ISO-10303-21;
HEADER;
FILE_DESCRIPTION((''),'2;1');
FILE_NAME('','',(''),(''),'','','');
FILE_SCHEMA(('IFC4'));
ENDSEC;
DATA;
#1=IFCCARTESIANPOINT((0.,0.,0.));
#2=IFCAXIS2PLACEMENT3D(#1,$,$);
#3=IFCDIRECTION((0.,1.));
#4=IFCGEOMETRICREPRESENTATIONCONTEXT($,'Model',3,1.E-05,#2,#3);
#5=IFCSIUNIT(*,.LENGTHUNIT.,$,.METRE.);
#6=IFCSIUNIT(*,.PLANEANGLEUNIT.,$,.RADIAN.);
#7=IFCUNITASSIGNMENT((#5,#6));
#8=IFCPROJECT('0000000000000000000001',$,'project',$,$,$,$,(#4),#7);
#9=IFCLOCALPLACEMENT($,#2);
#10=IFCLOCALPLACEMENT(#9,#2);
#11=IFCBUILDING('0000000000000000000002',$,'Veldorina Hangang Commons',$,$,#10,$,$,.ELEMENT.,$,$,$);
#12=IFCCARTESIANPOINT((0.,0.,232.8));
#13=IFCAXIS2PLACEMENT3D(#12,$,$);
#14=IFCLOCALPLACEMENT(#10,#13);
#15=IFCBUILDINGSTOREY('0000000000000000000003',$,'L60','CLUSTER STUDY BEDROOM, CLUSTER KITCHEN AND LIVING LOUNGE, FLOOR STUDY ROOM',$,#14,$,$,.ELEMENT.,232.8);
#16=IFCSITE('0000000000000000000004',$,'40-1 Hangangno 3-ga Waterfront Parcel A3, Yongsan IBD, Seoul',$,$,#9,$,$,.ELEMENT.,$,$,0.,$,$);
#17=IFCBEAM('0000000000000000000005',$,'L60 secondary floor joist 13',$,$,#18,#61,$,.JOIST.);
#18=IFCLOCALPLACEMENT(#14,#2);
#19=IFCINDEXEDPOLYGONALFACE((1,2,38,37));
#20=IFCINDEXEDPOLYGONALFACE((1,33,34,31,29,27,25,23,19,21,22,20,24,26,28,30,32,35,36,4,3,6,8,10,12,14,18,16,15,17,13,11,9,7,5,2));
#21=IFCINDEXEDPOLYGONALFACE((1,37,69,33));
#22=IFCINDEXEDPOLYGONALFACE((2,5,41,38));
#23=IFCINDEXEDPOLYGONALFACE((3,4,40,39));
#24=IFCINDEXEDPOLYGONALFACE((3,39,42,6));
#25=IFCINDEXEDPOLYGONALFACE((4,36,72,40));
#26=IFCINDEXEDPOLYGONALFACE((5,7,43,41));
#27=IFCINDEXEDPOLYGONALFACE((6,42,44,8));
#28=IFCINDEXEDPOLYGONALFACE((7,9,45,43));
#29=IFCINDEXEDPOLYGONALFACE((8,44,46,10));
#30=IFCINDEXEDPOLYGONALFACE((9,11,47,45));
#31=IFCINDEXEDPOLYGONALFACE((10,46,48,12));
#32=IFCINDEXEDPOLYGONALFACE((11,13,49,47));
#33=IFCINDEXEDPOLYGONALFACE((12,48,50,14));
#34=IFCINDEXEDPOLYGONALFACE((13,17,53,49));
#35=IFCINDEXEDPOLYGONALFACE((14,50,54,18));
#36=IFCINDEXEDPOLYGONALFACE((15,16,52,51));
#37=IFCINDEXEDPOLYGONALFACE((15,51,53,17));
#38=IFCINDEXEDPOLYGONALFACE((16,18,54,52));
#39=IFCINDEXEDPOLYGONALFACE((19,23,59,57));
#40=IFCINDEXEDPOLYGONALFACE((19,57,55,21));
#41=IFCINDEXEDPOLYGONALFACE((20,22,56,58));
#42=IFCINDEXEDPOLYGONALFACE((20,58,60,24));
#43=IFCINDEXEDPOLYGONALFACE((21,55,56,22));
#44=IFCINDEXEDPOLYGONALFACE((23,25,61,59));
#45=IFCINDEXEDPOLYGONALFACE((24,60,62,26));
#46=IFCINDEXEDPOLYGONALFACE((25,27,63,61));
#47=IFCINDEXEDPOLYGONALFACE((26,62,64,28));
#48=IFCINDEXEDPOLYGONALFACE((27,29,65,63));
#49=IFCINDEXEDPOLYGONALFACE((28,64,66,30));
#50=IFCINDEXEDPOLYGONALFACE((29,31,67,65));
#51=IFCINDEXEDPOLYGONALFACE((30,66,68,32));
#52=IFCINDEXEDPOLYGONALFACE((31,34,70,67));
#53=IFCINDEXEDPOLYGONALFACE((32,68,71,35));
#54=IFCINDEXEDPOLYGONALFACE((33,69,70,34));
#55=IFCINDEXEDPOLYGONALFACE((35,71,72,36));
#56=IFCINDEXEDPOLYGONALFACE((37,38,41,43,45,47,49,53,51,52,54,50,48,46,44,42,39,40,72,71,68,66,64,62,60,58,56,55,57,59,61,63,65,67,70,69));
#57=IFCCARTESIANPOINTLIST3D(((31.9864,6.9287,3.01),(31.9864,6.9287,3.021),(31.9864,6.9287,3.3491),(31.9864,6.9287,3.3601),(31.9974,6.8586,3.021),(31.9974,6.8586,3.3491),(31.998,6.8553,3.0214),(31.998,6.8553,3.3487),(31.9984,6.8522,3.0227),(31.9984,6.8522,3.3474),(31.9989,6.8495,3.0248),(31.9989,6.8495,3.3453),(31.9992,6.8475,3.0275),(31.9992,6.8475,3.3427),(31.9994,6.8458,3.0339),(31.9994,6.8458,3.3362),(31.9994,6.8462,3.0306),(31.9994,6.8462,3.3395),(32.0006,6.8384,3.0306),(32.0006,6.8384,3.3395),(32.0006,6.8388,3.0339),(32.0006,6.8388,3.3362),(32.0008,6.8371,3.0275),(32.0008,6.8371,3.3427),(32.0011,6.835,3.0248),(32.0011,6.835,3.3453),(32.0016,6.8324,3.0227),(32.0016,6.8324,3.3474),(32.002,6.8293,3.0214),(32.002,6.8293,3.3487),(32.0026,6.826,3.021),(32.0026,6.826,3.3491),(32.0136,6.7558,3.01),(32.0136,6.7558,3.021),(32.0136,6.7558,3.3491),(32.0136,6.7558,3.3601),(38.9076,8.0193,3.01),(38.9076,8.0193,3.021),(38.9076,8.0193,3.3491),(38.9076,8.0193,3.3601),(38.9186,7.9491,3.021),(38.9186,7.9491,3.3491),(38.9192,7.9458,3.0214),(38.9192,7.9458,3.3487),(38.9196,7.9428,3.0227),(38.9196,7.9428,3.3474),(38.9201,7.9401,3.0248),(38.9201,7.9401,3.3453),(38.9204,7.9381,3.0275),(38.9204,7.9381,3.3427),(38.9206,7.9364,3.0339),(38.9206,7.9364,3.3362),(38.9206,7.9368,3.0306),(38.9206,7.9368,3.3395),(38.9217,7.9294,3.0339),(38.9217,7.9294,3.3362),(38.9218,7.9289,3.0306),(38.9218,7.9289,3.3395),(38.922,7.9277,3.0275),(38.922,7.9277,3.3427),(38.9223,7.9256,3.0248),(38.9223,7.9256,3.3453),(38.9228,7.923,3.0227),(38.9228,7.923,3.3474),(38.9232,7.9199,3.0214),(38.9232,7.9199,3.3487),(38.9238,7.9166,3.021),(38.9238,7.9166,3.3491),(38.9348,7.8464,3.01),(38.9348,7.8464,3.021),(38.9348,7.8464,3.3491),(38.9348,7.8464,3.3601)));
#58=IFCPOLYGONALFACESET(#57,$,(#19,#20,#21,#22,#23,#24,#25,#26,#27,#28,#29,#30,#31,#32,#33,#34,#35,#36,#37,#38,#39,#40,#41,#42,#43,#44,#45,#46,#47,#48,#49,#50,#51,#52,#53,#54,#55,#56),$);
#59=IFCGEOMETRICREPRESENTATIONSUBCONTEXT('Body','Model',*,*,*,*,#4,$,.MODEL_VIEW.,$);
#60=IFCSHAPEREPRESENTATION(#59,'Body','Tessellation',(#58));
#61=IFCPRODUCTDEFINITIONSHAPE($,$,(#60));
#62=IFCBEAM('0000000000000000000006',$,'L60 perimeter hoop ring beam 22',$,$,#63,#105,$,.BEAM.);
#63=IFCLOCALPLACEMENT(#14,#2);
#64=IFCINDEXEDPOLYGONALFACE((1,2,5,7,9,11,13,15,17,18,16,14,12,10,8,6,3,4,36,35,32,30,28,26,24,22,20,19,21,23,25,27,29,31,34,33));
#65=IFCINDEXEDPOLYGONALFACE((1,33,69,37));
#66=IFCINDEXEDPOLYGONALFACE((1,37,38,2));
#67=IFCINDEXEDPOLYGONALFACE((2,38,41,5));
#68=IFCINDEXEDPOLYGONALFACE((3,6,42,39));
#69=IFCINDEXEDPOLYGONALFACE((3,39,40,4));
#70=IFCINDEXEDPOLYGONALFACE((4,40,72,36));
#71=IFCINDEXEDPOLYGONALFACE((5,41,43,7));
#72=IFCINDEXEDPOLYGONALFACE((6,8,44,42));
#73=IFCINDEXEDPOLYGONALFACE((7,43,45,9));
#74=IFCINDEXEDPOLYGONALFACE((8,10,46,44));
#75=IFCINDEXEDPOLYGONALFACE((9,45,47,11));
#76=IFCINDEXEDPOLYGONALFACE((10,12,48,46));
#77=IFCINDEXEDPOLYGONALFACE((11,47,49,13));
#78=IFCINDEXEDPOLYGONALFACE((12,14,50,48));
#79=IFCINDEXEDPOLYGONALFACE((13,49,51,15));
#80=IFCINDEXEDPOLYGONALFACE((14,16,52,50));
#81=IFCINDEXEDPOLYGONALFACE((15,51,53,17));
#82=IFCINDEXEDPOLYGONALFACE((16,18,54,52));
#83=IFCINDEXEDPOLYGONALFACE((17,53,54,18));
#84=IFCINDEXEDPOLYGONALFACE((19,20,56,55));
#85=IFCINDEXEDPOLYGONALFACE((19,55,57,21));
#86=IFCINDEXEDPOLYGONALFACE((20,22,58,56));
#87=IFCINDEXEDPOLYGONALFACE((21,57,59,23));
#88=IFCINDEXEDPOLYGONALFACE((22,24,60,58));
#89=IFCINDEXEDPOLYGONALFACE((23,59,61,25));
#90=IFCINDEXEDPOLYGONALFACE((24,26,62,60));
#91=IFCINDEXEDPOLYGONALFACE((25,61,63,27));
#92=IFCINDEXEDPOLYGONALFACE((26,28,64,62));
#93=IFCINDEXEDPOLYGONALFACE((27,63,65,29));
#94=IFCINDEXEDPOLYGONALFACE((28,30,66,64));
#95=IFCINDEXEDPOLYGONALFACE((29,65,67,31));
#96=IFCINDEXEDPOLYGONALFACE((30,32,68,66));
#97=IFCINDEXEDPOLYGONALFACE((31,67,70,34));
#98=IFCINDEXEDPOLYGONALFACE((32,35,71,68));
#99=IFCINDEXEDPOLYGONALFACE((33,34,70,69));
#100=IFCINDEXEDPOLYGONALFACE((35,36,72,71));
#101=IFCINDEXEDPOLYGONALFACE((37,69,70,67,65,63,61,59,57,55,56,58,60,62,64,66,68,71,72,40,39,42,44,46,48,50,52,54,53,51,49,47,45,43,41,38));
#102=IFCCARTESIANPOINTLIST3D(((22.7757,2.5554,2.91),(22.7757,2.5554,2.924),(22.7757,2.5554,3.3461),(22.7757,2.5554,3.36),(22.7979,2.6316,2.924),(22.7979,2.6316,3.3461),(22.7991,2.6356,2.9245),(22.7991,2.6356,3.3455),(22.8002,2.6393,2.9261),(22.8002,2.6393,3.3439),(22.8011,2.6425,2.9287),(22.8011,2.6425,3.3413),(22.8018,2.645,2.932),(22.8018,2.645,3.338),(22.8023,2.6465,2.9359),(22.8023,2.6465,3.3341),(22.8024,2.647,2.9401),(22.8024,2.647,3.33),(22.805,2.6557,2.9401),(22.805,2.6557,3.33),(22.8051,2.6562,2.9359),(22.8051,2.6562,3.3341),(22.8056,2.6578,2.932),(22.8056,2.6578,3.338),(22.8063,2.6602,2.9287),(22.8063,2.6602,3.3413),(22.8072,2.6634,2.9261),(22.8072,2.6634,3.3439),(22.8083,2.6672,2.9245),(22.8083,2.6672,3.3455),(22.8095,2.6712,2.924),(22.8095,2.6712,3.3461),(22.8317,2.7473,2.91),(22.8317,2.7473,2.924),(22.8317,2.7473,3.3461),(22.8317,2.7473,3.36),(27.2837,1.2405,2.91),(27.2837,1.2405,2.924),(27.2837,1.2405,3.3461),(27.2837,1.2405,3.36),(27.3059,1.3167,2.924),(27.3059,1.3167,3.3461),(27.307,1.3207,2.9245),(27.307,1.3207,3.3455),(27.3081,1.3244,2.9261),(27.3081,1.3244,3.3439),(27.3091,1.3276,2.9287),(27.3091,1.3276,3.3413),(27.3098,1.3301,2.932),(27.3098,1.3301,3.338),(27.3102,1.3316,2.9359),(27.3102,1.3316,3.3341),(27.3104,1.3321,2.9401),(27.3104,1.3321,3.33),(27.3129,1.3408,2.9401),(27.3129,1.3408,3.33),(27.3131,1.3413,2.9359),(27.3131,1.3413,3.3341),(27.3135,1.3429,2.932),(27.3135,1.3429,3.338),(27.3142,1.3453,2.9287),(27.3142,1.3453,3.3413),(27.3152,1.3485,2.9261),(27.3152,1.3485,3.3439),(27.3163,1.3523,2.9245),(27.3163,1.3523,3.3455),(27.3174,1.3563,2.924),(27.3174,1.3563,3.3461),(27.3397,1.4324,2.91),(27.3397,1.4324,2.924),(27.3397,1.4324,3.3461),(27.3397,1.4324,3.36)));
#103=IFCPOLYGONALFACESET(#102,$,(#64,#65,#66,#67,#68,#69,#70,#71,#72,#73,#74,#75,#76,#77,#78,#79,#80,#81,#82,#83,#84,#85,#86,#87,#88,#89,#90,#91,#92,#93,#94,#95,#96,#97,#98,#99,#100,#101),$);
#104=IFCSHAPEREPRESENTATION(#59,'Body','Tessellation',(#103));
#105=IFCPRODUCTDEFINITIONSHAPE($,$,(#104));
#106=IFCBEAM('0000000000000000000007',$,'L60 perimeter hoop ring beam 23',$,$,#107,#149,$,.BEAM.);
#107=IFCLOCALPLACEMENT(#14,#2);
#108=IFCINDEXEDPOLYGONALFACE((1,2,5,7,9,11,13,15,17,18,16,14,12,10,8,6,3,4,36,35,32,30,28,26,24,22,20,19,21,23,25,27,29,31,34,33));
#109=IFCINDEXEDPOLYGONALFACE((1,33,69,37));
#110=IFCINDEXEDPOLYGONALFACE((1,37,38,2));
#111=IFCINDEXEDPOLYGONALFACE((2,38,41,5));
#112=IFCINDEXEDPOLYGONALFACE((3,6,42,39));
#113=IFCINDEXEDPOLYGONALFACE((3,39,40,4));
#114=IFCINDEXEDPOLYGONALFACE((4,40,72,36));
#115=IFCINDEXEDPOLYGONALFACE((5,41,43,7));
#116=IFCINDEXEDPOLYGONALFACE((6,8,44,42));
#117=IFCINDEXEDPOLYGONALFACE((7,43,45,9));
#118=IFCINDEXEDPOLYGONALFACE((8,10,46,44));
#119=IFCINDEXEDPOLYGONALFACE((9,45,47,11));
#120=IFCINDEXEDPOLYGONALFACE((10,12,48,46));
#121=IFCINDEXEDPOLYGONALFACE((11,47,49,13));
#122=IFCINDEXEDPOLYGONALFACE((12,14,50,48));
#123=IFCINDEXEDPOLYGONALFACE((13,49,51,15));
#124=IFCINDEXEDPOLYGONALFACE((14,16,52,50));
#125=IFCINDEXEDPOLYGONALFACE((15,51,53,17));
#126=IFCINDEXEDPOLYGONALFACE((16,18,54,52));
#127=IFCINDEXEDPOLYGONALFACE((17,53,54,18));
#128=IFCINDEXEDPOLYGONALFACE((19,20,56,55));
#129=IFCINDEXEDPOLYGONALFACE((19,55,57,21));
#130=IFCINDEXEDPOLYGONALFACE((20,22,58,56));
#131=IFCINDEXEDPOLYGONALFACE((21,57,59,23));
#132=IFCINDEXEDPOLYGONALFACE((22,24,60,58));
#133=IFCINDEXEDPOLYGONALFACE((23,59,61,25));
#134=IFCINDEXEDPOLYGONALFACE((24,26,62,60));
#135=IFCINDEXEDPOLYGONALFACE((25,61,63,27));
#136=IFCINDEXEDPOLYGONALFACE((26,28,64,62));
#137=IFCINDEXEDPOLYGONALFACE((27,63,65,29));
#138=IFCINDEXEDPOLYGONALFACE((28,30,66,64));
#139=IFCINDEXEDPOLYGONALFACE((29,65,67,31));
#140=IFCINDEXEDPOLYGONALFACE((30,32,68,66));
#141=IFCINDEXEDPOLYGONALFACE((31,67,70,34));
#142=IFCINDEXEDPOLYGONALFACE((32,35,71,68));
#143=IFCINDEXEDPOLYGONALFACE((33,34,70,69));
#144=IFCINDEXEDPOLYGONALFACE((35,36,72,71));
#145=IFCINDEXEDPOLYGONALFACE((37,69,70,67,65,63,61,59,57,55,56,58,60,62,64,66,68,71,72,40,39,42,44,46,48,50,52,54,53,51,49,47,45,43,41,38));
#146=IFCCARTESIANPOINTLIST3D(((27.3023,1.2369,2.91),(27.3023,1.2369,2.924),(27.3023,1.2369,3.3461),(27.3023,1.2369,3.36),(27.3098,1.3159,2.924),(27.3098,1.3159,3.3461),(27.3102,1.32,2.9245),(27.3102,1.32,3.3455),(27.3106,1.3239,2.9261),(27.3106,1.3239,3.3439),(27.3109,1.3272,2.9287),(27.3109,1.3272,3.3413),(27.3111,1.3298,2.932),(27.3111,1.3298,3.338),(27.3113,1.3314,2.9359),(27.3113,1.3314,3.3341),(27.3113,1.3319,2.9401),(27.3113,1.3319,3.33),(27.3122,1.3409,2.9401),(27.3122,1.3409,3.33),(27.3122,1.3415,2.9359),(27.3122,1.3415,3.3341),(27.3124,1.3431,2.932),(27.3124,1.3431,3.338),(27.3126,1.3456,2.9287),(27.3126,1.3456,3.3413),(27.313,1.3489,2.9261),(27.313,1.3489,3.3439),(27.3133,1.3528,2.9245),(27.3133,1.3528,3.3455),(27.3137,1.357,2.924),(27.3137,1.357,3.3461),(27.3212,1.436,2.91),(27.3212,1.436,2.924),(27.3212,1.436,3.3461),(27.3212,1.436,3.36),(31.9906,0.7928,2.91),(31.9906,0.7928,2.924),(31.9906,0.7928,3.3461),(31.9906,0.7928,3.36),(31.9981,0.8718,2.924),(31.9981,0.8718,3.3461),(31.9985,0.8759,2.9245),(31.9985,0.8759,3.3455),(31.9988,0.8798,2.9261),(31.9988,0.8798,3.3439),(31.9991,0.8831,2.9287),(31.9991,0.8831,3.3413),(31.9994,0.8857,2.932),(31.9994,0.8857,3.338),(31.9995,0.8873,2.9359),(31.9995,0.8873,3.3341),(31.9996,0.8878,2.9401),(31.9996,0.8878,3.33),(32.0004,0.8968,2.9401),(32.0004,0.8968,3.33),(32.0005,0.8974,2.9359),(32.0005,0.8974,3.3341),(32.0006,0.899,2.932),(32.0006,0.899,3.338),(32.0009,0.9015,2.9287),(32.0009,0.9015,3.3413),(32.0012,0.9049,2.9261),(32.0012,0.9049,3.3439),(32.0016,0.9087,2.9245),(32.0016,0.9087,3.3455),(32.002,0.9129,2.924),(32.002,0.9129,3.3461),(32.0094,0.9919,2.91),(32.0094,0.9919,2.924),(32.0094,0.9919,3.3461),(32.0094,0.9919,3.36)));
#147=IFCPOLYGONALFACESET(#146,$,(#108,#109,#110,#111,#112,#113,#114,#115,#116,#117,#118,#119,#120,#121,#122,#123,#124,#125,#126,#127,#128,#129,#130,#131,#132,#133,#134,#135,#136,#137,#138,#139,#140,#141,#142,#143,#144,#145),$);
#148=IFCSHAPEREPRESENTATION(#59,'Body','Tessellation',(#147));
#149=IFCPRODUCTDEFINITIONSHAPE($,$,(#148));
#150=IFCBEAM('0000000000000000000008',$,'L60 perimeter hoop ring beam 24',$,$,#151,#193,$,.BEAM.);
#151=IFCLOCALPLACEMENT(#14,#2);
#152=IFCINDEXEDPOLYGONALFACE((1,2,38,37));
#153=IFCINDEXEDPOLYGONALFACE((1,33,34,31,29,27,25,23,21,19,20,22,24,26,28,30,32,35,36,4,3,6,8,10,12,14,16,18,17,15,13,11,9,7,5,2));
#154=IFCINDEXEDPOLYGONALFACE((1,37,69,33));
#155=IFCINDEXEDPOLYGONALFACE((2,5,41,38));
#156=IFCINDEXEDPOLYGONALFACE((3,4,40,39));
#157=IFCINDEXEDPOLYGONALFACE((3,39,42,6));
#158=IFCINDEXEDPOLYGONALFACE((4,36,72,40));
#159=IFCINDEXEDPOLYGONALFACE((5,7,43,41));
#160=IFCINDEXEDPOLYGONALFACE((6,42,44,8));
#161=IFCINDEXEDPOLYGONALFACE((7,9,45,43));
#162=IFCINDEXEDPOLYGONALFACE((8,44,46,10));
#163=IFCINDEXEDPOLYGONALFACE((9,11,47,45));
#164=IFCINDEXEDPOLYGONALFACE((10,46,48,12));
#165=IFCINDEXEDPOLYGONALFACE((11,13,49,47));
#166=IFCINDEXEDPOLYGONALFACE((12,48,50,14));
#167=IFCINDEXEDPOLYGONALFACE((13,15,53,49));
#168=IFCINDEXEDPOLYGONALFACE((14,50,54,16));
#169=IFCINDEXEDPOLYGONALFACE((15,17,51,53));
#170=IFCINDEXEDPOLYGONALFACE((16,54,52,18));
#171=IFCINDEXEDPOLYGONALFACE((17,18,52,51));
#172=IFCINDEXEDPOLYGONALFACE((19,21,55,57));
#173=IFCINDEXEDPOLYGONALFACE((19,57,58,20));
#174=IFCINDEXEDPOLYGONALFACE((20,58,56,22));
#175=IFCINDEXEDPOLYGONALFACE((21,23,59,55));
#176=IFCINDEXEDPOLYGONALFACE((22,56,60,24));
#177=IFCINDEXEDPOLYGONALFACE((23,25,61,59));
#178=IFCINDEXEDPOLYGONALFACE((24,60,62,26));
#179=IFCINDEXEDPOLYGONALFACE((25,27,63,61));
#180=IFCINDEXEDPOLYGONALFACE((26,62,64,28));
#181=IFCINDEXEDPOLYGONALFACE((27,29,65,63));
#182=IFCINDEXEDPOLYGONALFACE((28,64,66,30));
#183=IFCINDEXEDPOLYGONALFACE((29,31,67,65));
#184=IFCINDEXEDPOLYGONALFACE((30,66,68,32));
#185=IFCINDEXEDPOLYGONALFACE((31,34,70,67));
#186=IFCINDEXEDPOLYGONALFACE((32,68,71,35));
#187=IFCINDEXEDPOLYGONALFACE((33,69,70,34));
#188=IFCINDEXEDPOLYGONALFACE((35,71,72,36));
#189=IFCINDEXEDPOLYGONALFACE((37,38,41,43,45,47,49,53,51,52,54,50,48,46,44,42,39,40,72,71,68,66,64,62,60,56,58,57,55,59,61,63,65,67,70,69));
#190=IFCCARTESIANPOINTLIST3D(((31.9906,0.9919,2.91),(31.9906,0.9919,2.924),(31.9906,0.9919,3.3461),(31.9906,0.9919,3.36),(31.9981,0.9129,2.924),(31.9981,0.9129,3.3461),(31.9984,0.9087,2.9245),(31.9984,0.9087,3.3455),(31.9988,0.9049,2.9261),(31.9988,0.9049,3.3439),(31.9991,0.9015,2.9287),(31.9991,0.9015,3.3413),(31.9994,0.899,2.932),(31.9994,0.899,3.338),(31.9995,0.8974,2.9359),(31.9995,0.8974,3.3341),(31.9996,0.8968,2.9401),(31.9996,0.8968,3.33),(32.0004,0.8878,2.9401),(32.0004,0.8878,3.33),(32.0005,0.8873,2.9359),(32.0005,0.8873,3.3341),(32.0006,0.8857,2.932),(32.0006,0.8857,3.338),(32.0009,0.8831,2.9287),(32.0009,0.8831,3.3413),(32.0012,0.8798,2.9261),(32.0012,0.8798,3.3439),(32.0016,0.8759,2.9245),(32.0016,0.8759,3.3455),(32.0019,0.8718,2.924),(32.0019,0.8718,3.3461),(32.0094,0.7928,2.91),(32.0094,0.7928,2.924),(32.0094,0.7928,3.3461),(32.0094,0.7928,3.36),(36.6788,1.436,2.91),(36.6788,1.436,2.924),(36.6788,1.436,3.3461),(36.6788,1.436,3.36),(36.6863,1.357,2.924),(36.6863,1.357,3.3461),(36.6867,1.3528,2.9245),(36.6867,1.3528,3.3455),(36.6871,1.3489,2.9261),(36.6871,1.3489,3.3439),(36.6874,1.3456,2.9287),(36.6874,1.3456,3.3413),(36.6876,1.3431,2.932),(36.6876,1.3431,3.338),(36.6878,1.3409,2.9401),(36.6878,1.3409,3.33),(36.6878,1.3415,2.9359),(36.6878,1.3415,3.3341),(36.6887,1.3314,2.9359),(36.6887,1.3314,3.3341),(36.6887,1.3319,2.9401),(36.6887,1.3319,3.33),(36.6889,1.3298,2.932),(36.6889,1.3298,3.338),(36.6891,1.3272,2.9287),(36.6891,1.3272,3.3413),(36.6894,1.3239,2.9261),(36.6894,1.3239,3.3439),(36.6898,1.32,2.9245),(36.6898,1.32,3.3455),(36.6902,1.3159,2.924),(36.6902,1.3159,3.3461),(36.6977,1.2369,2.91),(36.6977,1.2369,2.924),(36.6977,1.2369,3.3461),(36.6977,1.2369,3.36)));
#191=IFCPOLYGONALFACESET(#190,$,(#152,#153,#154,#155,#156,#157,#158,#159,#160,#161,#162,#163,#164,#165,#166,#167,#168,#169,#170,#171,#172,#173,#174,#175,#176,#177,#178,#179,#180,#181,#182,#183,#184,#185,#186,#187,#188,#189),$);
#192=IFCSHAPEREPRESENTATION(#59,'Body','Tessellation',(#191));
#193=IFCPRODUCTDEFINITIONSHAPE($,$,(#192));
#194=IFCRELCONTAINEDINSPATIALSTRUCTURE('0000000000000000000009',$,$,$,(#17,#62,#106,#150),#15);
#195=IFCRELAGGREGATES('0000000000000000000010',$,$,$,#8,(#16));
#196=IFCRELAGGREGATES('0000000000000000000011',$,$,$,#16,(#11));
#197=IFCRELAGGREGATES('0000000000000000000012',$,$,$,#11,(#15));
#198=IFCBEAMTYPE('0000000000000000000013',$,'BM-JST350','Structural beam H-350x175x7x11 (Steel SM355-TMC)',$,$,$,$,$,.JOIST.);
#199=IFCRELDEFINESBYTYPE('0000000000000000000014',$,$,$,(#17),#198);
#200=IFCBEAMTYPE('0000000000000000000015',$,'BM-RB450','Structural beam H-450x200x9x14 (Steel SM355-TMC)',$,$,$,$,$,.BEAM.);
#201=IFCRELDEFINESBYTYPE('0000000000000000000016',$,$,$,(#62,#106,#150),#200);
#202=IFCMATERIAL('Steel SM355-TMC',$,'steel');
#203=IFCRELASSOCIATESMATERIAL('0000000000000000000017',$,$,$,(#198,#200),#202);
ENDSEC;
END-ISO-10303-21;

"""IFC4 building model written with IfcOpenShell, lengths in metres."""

from ifc_helpers import new_model, si_unit, direction, frame, origin, origin_2d, place, context, subcontext, project, spatial, i_section, extrude, material, material_profile, profile_set, type_object, element, save


model = new_model("IFC4")

# Units and contexts
model_context = context("Model", 3, precision=1e-05, world=origin(), true_north=direction((0.0, 1.0)))
body_context = subcontext(model_context, "Body", "Model", "MODEL_VIEW")
ifc_project = project(units=[si_unit("LENGTHUNIT", "METRE"), si_unit("PLANEANGLEUNIT", "RADIAN")], contexts=[model_context])

# Site, building, storey
site_placement = place(None, origin())
site = spatial("IfcSite", under=ifc_project, at=site_placement, Name="40-1 Hangangno 3-ga Waterfront Parcel A3, Yongsan IBD, Seoul", CompositionType="ELEMENT", RefElevation=0.0)
building_placement = place(site_placement, origin())
building = spatial("IfcBuilding", under=site, at=building_placement, Name="Veldorina Hangang Commons", CompositionType="ELEMENT")
storey_placement = place(building_placement, frame((0.0, 0.0, 232.8)))
storey = spatial("IfcBuildingStorey", under=building, at=storey_placement, Name="L60", Description="CLUSTER STUDY BEDROOM, CLUSTER KITCHEN AND LIVING LOUNGE, FLOOR STUDY ROOM", CompositionType="ELEMENT", Elevation=232.8)

# Beams
ifc_material_1 = material(Name="Steel SM355-TMC", Category="steel")
ifc_material_profile_1 = material_profile(ifc_material_1, i_section(OverallWidth=0.175, OverallDepth=0.3501, WebThickness=0.0071, FlangeThickness=0.011, FilletRadius=0.0129, at=origin_2d()), Name="H-350x175x7x11")
ifc_profile_set_1 = profile_set([ifc_material_profile_1], Name="Steel SM355-TMC")
beam_type_1 = type_object("IfcBeamType", Name="BM-JST350", Description="Structural beam H-350x175x7x11 (Steel SM355-TMC)", PredefinedType="JOIST", material=ifc_profile_set_1)
beam_1_placement = place(storey_placement, frame((32.0, 6.8423, 3.1851), z_axis=(0.987812, 0.155651, 0.0), x_axis=(-0.155651, 0.987812, 0.0)))
element("IfcBeam", 1, at=beam_1_placement, inside=storey, type_object=beam_type_1, Name="L60 secondary floor joist 13", PredefinedType="JOIST", context=body_context, shape_type="SweptSolid", body=[
    extrude(i_section(OverallWidth=0.175, OverallDepth=0.3501, WebThickness=0.0071, FlangeThickness=0.011, FilletRadius=0.0129, at=origin_2d()), origin(), (0.0, 0.0, 1.0), 7.0066),
])
ifc_material_profile_2 = material_profile(ifc_material_1, i_section(OverallWidth=0.2, OverallDepth=0.45, WebThickness=0.009, FlangeThickness=0.0139, FilletRadius=0.0161, at=origin_2d()), Name="H-450x200x9x14")
ifc_profile_set_2 = profile_set([ifc_material_profile_2], Name="Steel SM355-TMC")
beam_type_2 = type_object("IfcBeamType", Name="BM-RB450", Description="Structural beam H-450x200x9x14 (Steel SM355-TMC)", PredefinedType="BEAM", material=ifc_profile_set_2)
beam_2_placement = place(storey_placement, frame((22.8037, 2.6514, 3.135), z_axis=(0.959995, -0.280018, 0.0), x_axis=(0.280018, 0.959995, 0.0)))
element("IfcBeam", 2, at=beam_2_placement, inside=storey, type_object=beam_type_2, Name="L60 perimeter hoop ring beam 22", PredefinedType="BEAM", context=body_context, shape_type="SweptSolid", body=[
    extrude(i_section(OverallWidth=0.2, OverallDepth=0.45, WebThickness=0.009, FlangeThickness=0.0139, FilletRadius=0.0161, at=origin_2d()), origin(), (0.0, 0.0, 1.0), 4.6958),
])
for number, where, z_axis, x_axis, name in (
    (3, (27.3118, 1.3364, 3.135), (0.995544, -0.094303, 0.0), (0.094303, 0.995544, 0.0), "L60 perimeter hoop ring beam 23"),
    (4, (32.0, 0.8923, 3.135), (0.995544, 0.094303, 0.0), (-0.094303, 0.995544, 0.0), "L60 perimeter hoop ring beam 24"),
):
    element("IfcBeam", number, at=place(storey_placement, frame(where, z_axis=z_axis, x_axis=x_axis)), inside=storey, type_object=beam_type_2, Name=name, PredefinedType="BEAM", context=body_context, shape_type="SweptSolid", body=[
        extrude(i_section(OverallWidth=0.2, OverallDepth=0.45, WebThickness=0.009, FlangeThickness=0.0139, FilletRadius=0.0161, at=origin_2d()), origin(), (0.0, 0.0, 1.0), 4.7092),
    ])

save(model, "model.ifc")
